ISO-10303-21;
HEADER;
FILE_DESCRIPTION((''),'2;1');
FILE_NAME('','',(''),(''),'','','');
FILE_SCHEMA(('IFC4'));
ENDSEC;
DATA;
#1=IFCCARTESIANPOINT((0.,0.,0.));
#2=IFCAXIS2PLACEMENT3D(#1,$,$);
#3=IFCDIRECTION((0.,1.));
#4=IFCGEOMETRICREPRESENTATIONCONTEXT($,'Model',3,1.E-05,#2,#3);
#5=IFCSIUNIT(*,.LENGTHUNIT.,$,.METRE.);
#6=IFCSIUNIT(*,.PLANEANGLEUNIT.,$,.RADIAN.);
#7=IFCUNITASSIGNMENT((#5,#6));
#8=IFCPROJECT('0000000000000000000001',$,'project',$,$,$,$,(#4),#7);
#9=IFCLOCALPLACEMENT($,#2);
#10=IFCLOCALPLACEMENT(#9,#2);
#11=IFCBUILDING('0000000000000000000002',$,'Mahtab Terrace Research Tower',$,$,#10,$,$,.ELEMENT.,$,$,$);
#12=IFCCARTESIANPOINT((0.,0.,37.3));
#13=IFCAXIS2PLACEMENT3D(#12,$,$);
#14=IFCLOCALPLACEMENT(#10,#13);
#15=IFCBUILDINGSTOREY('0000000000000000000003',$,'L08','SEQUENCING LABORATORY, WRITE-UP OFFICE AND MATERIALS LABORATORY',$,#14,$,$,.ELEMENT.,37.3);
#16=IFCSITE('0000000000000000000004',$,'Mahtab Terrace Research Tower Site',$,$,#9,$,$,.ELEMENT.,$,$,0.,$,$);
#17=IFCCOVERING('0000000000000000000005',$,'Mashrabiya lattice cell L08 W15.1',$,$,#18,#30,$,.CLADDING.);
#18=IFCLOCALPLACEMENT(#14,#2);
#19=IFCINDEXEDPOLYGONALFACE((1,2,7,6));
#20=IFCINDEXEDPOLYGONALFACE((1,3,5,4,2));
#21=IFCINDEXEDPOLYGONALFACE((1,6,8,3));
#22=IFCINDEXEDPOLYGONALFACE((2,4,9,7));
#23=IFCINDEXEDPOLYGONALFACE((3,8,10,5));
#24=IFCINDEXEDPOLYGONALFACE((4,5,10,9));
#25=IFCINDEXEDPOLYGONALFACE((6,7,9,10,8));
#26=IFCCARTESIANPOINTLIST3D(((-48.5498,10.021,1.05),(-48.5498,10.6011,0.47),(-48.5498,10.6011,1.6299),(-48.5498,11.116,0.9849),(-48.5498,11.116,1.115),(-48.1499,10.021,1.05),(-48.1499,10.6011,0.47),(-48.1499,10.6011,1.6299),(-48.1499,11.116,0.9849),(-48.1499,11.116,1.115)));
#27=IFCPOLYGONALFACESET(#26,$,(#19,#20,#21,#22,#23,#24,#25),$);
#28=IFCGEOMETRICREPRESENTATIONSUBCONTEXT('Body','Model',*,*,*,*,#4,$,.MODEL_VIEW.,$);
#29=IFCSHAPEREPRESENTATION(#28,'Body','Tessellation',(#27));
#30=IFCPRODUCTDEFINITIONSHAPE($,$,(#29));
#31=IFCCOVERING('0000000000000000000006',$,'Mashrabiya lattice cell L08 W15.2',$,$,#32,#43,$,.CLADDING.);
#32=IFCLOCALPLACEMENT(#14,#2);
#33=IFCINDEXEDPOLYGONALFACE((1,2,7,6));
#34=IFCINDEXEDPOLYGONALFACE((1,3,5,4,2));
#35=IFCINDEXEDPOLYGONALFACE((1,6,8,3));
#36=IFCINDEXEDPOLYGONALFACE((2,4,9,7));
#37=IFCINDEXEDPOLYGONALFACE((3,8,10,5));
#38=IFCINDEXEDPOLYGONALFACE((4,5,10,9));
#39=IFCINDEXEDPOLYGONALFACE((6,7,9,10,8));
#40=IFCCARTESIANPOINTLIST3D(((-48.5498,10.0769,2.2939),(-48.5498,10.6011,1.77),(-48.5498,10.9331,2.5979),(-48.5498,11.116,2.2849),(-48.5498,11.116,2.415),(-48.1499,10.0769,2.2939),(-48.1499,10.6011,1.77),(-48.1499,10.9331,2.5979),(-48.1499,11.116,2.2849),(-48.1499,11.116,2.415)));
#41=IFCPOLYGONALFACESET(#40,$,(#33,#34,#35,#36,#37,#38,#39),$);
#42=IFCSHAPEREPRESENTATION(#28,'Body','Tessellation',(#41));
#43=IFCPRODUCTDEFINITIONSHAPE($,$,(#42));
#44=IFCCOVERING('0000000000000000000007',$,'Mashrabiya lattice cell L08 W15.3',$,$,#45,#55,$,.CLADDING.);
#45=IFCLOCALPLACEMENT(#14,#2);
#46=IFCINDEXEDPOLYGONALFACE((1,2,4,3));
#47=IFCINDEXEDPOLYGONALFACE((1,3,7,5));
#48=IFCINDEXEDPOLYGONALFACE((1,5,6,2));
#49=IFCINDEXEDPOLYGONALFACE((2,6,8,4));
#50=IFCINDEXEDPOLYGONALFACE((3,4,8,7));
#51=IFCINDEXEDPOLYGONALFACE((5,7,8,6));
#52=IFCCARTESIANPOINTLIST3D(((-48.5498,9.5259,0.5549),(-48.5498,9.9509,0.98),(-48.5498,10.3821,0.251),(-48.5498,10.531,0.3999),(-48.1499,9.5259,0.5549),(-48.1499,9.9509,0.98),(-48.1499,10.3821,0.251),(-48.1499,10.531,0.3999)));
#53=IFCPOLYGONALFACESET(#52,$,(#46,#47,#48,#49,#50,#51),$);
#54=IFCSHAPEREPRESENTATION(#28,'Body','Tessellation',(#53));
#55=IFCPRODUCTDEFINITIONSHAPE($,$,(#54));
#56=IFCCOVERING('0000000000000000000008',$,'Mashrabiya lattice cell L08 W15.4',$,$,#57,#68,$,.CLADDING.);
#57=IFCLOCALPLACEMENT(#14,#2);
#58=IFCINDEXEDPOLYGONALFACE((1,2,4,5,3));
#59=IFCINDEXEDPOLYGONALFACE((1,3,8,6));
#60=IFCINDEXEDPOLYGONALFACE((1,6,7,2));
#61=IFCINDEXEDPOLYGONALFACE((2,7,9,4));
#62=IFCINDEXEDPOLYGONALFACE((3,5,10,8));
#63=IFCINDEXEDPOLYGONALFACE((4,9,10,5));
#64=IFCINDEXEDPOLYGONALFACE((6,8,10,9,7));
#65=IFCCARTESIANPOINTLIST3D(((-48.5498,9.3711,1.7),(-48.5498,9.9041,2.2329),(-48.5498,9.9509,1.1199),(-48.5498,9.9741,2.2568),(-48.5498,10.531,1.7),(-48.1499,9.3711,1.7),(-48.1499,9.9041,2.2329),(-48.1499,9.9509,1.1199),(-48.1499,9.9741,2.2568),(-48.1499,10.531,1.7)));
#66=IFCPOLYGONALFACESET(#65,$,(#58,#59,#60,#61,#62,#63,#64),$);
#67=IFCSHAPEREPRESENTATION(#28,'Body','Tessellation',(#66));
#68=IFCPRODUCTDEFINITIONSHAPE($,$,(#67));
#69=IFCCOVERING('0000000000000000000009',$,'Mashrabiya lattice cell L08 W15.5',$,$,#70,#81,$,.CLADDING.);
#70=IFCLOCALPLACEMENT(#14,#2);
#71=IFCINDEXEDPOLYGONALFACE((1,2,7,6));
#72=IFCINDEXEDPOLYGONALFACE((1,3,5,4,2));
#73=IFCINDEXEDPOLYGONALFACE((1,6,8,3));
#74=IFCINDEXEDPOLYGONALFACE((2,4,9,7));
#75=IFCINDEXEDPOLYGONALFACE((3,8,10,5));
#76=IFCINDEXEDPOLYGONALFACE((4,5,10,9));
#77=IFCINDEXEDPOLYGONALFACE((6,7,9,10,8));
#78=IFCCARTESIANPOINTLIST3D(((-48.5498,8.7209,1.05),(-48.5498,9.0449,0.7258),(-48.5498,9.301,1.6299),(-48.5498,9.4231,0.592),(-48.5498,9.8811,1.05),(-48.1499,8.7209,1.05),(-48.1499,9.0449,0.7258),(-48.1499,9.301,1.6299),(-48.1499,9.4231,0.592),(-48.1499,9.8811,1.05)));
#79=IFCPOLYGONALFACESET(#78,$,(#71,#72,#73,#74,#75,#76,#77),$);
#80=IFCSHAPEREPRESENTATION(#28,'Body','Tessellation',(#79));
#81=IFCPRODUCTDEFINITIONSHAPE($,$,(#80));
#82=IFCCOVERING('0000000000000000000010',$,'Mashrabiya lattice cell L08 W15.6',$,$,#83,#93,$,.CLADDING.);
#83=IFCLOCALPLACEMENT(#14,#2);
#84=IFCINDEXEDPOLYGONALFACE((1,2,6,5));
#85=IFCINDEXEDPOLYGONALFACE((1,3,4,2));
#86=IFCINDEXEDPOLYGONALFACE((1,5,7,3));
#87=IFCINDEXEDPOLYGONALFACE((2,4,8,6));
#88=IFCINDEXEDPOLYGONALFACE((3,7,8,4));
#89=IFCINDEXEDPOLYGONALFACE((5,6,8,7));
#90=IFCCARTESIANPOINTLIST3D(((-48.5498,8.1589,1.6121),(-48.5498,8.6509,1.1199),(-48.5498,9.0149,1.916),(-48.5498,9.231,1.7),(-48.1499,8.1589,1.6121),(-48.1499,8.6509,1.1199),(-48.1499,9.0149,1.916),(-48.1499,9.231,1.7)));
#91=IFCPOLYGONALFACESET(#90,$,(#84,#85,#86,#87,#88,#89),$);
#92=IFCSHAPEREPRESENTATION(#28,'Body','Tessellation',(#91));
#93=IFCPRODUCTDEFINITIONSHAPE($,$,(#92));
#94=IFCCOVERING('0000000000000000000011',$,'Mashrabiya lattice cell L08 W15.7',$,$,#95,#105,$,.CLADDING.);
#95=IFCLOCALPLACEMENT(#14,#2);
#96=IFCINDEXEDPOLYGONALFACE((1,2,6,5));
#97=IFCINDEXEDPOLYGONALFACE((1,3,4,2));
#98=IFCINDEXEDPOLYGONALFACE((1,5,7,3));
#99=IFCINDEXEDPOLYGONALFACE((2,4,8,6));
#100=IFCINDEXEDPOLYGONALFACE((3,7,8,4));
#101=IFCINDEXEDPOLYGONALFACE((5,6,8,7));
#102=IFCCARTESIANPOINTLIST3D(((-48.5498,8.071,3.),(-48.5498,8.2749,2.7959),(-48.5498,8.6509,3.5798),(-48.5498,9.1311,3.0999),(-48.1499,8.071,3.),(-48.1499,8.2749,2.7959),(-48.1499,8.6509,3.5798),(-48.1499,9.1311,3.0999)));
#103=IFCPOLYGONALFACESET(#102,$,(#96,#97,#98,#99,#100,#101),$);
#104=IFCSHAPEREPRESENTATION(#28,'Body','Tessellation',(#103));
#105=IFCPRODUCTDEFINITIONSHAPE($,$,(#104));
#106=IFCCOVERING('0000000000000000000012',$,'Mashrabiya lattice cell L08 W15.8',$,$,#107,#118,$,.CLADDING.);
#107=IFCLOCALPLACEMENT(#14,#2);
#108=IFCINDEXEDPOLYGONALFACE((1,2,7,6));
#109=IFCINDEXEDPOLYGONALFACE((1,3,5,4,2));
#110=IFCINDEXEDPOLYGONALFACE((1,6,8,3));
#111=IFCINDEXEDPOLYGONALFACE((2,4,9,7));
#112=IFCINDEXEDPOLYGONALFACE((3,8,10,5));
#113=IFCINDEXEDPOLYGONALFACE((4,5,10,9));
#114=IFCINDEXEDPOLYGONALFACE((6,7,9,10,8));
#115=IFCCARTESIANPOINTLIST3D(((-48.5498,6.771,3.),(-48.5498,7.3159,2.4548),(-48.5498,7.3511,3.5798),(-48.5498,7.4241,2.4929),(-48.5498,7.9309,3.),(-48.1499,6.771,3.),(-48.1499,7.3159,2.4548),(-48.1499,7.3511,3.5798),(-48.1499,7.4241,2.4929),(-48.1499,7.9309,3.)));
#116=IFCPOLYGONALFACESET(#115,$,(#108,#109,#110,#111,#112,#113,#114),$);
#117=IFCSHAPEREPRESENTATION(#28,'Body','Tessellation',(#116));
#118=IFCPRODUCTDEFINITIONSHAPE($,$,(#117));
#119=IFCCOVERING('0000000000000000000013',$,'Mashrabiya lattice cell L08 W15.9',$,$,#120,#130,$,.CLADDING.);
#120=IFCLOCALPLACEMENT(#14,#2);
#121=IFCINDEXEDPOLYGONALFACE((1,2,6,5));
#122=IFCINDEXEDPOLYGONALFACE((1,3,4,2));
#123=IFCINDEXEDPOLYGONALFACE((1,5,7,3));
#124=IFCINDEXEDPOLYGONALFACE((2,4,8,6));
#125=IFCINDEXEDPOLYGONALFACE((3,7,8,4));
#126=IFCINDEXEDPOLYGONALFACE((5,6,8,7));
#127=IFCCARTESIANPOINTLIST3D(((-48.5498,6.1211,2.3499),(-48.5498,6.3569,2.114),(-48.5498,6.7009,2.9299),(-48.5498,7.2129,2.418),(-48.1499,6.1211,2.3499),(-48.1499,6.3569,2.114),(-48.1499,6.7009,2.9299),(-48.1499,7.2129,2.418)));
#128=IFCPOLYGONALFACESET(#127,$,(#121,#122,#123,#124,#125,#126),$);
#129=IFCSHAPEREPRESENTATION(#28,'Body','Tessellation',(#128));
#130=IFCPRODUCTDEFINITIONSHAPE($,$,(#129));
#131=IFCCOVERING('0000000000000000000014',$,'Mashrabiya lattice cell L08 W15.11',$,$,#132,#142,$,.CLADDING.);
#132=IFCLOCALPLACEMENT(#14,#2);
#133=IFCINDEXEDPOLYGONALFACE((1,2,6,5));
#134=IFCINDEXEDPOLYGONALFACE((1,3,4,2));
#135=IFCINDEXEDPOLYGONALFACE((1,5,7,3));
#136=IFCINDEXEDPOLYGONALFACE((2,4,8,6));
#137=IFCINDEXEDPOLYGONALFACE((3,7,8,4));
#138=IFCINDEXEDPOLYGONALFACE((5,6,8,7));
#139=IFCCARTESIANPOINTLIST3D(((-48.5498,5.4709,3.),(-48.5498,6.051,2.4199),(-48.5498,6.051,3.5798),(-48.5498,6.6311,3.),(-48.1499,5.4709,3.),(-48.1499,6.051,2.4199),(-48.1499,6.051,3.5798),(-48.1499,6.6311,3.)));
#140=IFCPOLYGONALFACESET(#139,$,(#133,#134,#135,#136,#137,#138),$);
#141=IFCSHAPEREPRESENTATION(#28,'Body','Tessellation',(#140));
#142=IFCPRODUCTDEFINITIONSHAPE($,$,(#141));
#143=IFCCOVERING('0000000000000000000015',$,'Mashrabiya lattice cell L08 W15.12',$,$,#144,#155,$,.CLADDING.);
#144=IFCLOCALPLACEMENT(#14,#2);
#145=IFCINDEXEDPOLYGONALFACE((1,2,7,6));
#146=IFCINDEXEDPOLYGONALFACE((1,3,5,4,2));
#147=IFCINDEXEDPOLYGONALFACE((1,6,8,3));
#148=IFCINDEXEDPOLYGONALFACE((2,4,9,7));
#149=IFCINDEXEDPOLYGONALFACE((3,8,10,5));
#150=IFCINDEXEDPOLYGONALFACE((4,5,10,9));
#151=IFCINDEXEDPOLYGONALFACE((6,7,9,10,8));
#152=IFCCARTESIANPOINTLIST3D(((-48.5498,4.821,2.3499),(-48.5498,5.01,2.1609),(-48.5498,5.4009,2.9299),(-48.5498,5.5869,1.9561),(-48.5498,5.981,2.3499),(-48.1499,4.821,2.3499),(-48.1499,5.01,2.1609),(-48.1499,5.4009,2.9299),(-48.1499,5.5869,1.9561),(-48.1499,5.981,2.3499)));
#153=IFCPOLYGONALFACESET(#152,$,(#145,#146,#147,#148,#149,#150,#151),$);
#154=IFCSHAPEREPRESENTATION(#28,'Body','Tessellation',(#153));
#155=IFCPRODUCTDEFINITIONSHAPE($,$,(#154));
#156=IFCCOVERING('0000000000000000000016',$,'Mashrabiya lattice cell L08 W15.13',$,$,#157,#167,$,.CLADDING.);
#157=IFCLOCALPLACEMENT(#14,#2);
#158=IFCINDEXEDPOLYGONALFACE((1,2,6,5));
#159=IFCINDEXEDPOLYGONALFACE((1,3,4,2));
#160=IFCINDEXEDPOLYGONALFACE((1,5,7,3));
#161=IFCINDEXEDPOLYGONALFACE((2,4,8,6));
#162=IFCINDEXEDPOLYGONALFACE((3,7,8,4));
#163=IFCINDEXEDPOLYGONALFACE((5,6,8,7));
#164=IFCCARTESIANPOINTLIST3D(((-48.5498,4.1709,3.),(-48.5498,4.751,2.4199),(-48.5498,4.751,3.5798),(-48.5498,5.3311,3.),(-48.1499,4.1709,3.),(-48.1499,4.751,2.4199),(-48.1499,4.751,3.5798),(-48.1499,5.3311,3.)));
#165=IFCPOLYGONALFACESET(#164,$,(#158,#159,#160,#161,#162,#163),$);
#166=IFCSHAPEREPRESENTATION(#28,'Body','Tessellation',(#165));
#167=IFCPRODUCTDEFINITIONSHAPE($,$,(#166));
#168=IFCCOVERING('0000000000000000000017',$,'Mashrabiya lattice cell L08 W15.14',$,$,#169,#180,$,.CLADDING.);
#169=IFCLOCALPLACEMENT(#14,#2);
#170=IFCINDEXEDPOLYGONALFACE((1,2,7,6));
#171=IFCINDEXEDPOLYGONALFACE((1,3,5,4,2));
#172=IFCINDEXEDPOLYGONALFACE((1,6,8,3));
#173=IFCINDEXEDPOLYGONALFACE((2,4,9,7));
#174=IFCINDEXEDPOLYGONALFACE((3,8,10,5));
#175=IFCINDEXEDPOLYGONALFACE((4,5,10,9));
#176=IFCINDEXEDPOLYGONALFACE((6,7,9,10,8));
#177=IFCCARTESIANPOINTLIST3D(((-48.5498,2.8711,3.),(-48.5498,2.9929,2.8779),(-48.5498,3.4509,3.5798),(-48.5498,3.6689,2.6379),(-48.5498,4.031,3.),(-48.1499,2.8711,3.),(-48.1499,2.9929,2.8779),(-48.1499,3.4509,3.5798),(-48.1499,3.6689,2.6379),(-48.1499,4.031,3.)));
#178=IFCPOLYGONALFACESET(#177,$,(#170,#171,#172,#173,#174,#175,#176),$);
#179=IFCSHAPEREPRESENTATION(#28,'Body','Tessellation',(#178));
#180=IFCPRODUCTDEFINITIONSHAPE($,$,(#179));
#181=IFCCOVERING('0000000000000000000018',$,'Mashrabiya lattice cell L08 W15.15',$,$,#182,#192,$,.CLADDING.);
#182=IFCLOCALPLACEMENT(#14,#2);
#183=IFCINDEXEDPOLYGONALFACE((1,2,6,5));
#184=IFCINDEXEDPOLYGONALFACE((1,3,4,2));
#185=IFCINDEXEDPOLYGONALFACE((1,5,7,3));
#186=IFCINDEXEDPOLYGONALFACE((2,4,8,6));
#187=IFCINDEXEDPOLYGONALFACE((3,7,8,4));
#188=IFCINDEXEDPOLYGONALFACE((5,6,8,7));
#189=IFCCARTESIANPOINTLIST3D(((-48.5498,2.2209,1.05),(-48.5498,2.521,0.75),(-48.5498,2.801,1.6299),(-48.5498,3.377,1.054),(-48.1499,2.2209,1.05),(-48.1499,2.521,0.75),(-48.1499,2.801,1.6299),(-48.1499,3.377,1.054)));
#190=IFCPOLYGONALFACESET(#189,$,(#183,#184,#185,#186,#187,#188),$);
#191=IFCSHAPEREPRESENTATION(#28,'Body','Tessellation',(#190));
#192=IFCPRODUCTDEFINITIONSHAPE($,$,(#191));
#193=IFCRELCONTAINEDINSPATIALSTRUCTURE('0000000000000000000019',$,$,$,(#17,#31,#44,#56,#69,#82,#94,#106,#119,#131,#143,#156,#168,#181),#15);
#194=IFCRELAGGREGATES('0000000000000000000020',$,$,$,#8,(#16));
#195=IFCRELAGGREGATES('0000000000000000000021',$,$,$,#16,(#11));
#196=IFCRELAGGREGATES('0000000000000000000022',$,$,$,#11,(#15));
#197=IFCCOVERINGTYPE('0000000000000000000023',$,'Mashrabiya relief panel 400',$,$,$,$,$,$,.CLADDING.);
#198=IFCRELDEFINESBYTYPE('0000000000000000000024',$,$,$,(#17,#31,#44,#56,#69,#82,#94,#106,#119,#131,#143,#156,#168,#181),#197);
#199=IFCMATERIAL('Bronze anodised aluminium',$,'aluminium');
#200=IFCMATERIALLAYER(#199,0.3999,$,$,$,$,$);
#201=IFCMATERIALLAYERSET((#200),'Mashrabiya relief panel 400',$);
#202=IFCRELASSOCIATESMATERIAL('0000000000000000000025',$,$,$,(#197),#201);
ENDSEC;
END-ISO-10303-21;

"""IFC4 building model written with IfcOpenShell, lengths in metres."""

from ifc_helpers import new_model, si_unit, direction, frame, origin, place, context, subcontext, project, spatial, polyline, outline, extrude, material, layer, layer_set, type_object, element, save


model = new_model("IFC4")

# Units and contexts
model_context = context("Model", 3, precision=1e-05, world=origin(), true_north=direction((0.0, 1.0)))
body_context = subcontext(model_context, "Body", "Model", "MODEL_VIEW")
ifc_project = project(units=[si_unit("LENGTHUNIT", "METRE"), si_unit("PLANEANGLEUNIT", "RADIAN")], contexts=[model_context])

# Site, building, storey
site_placement = place(None, origin())
site = spatial("IfcSite", under=ifc_project, at=site_placement, Name="Mahtab Terrace Research Tower Site", CompositionType="ELEMENT", RefElevation=0.0)
building_placement = place(site_placement, origin())
building = spatial("IfcBuilding", under=site, at=building_placement, Name="Mahtab Terrace Research Tower", CompositionType="ELEMENT")
storey_placement = place(building_placement, frame((0.0, 0.0, 37.3)))
storey = spatial("IfcBuildingStorey", under=building, at=storey_placement, Name="L08", Description="SEQUENCING LABORATORY, WRITE-UP OFFICE AND MATERIALS LABORATORY", CompositionType="ELEMENT", Elevation=37.3)

# Coverings
ifc_material_1 = material(Name="Bronze anodised aluminium", Category="aluminium")
ifc_layer_1 = layer(ifc_material_1, 0.3999)
ifc_layer_set_1 = layer_set([ifc_layer_1], Name="Mashrabiya relief panel 400")
covering_type = type_object("IfcCoveringType", Name="Mashrabiya relief panel 400", PredefinedType="CLADDING", material=ifc_layer_set_1)
covering_1_placement = place(storey_placement, frame((-48.1499, 10.6011, 1.6299), z_axis=(1.0, 0.0, 0.0), x_axis=(0.0, -0.707256, -0.706958)))
element("IfcCovering", 1, at=covering_1_placement, inside=storey, type_object=covering_type, Name="Mashrabiya lattice cell L08 W15.1", PredefinedType="CLADDING", context=body_context, shape_type="SweptSolid", body=[
    extrude(outline(polyline([(0.0, 0.0), (0.8202, 0.0), (0.82, 0.8204), (0.0918, 0.8202), (-0.0002, 0.7282), (0.0, 0.0)])), origin(), (0.0, 0.0, -1.0), 0.3999),
])
covering_2_placement = place(storey_placement, frame((-48.1499, 10.6011, 1.77), z_axis=(1.0, 0.0, 0.0), x_axis=(0.0, 0.707107, 0.707107)))
element("IfcCovering", 2, at=covering_2_placement, inside=storey, type_object=covering_type, Name="Mashrabiya lattice cell L08 W15.2", PredefinedType="CLADDING", context=body_context, shape_type="SweptSolid", body=[
    extrude(outline(polyline([(0.0, 0.0), (0.7282, 0.0), (0.8202, 0.092), (0.8202, 0.3506), (-0.0002, 0.7411), (0.0, 0.0)])), origin(), (0.0, 0.0, -1.0), 0.3999),
])
covering_3_placement = place(storey_placement, frame((-48.1499, 10.531, 0.3999), z_axis=(1.0, 0.0, 0.0), x_axis=(0.0, -0.707107, 0.707107)))
element("IfcCovering", 3, at=covering_3_placement, inside=storey, type_object=covering_type, Name="Mashrabiya lattice cell L08 W15.3", PredefinedType="CLADDING", context=body_context, shape_type="SweptSolid", body=[
    extrude(outline(polyline([(0.0, 0.0), (0.8204, 0.0), (0.8204, 0.6011), (0.0, 0.2106), (0.0, 0.0)])), origin(), (0.0, 0.0, -1.0), 0.3999),
])
covering_4_placement = place(storey_placement, frame((-48.1499, 9.3711, 1.7), z_axis=(1.0, 0.0, 0.0), x_axis=(0.0, 0.706958, -0.707256)))
element("IfcCovering", 4, at=covering_4_placement, inside=storey, type_object=covering_type, Name="Mashrabiya lattice cell L08 W15.4", PredefinedType="CLADDING", context=body_context, shape_type="SweptSolid", body=[
    extrude(outline(polyline([(0.0, 0.0), (0.8202, 0.0), (0.82, 0.8204), (0.0325, 0.8202), (-0.0002, 0.7537), (0.0, 0.0)])), origin(), (0.0, 0.0, -1.0), 0.3999),
])
covering_5_placement = place(storey_placement, frame((-48.1499, 9.8811, 1.05), z_axis=(1.0, 0.0, 0.0), x_axis=(0.0, -0.707256, 0.706958)))
element("IfcCovering", 5, at=covering_5_placement, inside=storey, type_object=covering_type, Name="Mashrabiya lattice cell L08 W15.5", PredefinedType="CLADDING", context=body_context, shape_type="SweptSolid", body=[
    extrude(outline(polyline([(0.0, 0.0), (0.8202, 0.0), (0.8205, 0.8202), (0.3622, 0.8205), (0.0001, 0.6477), (0.0, 0.0)])), origin(), (0.0, 0.0, -1.0), 0.3999),
])
covering_6_placement = place(storey_placement, frame((-48.1499, 8.6509, 1.1199), z_axis=(1.0, 0.0, 0.0), x_axis=(0.0, 0.707107, 0.707107)))
element("IfcCovering", 6, at=covering_6_placement, inside=storey, type_object=covering_type, Name="Mashrabiya lattice cell L08 W15.6", PredefinedType="CLADDING", context=body_context, shape_type="SweptSolid", body=[
    extrude(outline(polyline([(0.0, 0.0), (0.8204, 0.0), (0.8204, 0.3056), (0.0002, 0.6959), (0.0, 0.0)])), origin(), (0.0, 0.0, -1.0), 0.3999),
])
covering_7_placement = place(storey_placement, frame((-48.1499, 8.6509, 3.5798), z_axis=(1.0, 0.0, 0.0), x_axis=(0.0, -0.707107, -0.707107)))
element("IfcCovering", 7, at=covering_7_placement, inside=storey, type_object=covering_type, Name="Mashrabiya lattice cell L08 W15.7", PredefinedType="CLADDING", context=body_context, shape_type="SweptSolid", body=[
    extrude(outline(polyline([(0.0, 0.0), (0.82, 0.0), (0.8202, 0.2885), (-0.0002, 0.679), (0.0, 0.0)])), origin(), (0.0, 0.0, -1.0), 0.3999),
])
covering_8_placement = place(storey_placement, frame((-48.1499, 7.9309, 3.0), z_axis=(1.0, 0.0, 0.0), x_axis=(0.0, -0.707107, 0.707107)))
element("IfcCovering", 8, at=covering_8_placement, inside=storey, type_object=covering_type, Name="Mashrabiya lattice cell L08 W15.8", PredefinedType="CLADDING", context=body_context, shape_type="SweptSolid", body=[
    extrude(outline(polyline([(0.0, 0.0), (0.82, 0.0), (0.8202, 0.8202), (0.0494, 0.8204), (-0.0002, 0.7169), (0.0, 0.0)])), origin(), (0.0, 0.0, -1.0), 0.3999),
])
covering_9_placement = place(storey_placement, frame((-48.1499, 6.7009, 2.9299), z_axis=(1.0, 0.0, 0.0), x_axis=(0.0, -0.706958, -0.707256)))
element("IfcCovering", 9, at=covering_9_placement, inside=storey, type_object=covering_type, Name="Mashrabiya lattice cell L08 W15.9", PredefinedType="CLADDING", context=body_context, shape_type="SweptSolid", body=[
    extrude(outline(polyline([(0.0, 0.0), (0.8202, 0.0), (0.8203, 0.3335), (0.0002, 0.724), (0.0, 0.0)])), origin(), (0.0, 0.0, -1.0), 0.3999),
])
covering_10_placement = place(storey_placement, frame((-48.1499, 6.051, 3.5798), z_axis=(1.0, 0.0, 0.0), x_axis=(0.0, -0.707256, -0.706958)))
element("IfcCovering", 10, at=covering_10_placement, inside=storey, type_object=covering_type, Name="Mashrabiya lattice cell L08 W15.11", PredefinedType="CLADDING", context=body_context, shape_type="SweptSolid", body=[
    extrude(outline(polyline([(0.0, 0.0), (0.8202, 0.0), (0.82, 0.8204), (-0.0003, 0.8202), (0.0, 0.0)])), origin(), (0.0, 0.0, -1.0), 0.3999),
])
covering_11_placement = place(storey_placement, frame((-48.1499, 5.981, 2.3499), z_axis=(1.0, 0.0, 0.0), x_axis=(0.0, -0.707107, 0.707107)))
element("IfcCovering", 11, at=covering_11_placement, inside=storey, type_object=covering_type, Name="Mashrabiya lattice cell L08 W15.12", PredefinedType="CLADDING", context=body_context, shape_type="SweptSolid", body=[
    extrude(outline(polyline([(0.0, 0.0), (0.8204, 0.0), (0.8202, 0.8202), (0.5529, 0.8202), (0.0002, 0.5571), (0.0, 0.0)])), origin(), (0.0, 0.0, -1.0), 0.3999),
])
covering_12_placement = place(storey_placement, frame((-48.1499, 4.751, 3.5798), z_axis=(1.0, 0.0, 0.0), x_axis=(0.0, -0.707256, -0.706958)))
element("IfcCovering", 12, at=covering_12_placement, inside=storey, type_object=covering_type, Name="Mashrabiya lattice cell L08 W15.13", PredefinedType="CLADDING", context=body_context, shape_type="SweptSolid", body=[
    extrude(outline(polyline([(0.0, 0.0), (0.8202, 0.0), (0.82, 0.8204), (-0.0003, 0.8202), (0.0, 0.0)])), origin(), (0.0, 0.0, -1.0), 0.3999),
])
covering_13_placement = place(storey_placement, frame((-48.1499, 4.031, 3.0), z_axis=(1.0, 0.0, 0.0), x_axis=(0.0, -0.707256, 0.706958)))
element("IfcCovering", 13, at=covering_13_placement, inside=storey, type_object=covering_type, Name="Mashrabiya lattice cell L08 W15.14", PredefinedType="CLADDING", context=body_context, shape_type="SweptSolid", body=[
    extrude(outline(polyline([(0.0, 0.0), (0.8202, 0.0), (0.8204, 0.82), (0.6479, 0.8202), (0.0001, 0.512), (0.0, 0.0)])), origin(), (0.0, 0.0, -1.0), 0.3999),
])
covering_14_placement = place(storey_placement, frame((-48.1499, 2.801, 1.6299), z_axis=(1.0, 0.0, 0.0), x_axis=(0.0, -0.707256, -0.706958)))
element("IfcCovering", 14, at=covering_14_placement, inside=storey, type_object=covering_type, Name="Mashrabiya lattice cell L08 W15.15", PredefinedType="CLADDING", context=body_context, shape_type="SweptSolid", body=[
    extrude(outline(polyline([(0.0, 0.0), (0.8202, 0.0), (0.8201, 0.4243), (-0.0002, 0.8145), (0.0, 0.0)])), origin(), (0.0, 0.0, -1.0), 0.3999),
])

save(model, "model.ifc")
